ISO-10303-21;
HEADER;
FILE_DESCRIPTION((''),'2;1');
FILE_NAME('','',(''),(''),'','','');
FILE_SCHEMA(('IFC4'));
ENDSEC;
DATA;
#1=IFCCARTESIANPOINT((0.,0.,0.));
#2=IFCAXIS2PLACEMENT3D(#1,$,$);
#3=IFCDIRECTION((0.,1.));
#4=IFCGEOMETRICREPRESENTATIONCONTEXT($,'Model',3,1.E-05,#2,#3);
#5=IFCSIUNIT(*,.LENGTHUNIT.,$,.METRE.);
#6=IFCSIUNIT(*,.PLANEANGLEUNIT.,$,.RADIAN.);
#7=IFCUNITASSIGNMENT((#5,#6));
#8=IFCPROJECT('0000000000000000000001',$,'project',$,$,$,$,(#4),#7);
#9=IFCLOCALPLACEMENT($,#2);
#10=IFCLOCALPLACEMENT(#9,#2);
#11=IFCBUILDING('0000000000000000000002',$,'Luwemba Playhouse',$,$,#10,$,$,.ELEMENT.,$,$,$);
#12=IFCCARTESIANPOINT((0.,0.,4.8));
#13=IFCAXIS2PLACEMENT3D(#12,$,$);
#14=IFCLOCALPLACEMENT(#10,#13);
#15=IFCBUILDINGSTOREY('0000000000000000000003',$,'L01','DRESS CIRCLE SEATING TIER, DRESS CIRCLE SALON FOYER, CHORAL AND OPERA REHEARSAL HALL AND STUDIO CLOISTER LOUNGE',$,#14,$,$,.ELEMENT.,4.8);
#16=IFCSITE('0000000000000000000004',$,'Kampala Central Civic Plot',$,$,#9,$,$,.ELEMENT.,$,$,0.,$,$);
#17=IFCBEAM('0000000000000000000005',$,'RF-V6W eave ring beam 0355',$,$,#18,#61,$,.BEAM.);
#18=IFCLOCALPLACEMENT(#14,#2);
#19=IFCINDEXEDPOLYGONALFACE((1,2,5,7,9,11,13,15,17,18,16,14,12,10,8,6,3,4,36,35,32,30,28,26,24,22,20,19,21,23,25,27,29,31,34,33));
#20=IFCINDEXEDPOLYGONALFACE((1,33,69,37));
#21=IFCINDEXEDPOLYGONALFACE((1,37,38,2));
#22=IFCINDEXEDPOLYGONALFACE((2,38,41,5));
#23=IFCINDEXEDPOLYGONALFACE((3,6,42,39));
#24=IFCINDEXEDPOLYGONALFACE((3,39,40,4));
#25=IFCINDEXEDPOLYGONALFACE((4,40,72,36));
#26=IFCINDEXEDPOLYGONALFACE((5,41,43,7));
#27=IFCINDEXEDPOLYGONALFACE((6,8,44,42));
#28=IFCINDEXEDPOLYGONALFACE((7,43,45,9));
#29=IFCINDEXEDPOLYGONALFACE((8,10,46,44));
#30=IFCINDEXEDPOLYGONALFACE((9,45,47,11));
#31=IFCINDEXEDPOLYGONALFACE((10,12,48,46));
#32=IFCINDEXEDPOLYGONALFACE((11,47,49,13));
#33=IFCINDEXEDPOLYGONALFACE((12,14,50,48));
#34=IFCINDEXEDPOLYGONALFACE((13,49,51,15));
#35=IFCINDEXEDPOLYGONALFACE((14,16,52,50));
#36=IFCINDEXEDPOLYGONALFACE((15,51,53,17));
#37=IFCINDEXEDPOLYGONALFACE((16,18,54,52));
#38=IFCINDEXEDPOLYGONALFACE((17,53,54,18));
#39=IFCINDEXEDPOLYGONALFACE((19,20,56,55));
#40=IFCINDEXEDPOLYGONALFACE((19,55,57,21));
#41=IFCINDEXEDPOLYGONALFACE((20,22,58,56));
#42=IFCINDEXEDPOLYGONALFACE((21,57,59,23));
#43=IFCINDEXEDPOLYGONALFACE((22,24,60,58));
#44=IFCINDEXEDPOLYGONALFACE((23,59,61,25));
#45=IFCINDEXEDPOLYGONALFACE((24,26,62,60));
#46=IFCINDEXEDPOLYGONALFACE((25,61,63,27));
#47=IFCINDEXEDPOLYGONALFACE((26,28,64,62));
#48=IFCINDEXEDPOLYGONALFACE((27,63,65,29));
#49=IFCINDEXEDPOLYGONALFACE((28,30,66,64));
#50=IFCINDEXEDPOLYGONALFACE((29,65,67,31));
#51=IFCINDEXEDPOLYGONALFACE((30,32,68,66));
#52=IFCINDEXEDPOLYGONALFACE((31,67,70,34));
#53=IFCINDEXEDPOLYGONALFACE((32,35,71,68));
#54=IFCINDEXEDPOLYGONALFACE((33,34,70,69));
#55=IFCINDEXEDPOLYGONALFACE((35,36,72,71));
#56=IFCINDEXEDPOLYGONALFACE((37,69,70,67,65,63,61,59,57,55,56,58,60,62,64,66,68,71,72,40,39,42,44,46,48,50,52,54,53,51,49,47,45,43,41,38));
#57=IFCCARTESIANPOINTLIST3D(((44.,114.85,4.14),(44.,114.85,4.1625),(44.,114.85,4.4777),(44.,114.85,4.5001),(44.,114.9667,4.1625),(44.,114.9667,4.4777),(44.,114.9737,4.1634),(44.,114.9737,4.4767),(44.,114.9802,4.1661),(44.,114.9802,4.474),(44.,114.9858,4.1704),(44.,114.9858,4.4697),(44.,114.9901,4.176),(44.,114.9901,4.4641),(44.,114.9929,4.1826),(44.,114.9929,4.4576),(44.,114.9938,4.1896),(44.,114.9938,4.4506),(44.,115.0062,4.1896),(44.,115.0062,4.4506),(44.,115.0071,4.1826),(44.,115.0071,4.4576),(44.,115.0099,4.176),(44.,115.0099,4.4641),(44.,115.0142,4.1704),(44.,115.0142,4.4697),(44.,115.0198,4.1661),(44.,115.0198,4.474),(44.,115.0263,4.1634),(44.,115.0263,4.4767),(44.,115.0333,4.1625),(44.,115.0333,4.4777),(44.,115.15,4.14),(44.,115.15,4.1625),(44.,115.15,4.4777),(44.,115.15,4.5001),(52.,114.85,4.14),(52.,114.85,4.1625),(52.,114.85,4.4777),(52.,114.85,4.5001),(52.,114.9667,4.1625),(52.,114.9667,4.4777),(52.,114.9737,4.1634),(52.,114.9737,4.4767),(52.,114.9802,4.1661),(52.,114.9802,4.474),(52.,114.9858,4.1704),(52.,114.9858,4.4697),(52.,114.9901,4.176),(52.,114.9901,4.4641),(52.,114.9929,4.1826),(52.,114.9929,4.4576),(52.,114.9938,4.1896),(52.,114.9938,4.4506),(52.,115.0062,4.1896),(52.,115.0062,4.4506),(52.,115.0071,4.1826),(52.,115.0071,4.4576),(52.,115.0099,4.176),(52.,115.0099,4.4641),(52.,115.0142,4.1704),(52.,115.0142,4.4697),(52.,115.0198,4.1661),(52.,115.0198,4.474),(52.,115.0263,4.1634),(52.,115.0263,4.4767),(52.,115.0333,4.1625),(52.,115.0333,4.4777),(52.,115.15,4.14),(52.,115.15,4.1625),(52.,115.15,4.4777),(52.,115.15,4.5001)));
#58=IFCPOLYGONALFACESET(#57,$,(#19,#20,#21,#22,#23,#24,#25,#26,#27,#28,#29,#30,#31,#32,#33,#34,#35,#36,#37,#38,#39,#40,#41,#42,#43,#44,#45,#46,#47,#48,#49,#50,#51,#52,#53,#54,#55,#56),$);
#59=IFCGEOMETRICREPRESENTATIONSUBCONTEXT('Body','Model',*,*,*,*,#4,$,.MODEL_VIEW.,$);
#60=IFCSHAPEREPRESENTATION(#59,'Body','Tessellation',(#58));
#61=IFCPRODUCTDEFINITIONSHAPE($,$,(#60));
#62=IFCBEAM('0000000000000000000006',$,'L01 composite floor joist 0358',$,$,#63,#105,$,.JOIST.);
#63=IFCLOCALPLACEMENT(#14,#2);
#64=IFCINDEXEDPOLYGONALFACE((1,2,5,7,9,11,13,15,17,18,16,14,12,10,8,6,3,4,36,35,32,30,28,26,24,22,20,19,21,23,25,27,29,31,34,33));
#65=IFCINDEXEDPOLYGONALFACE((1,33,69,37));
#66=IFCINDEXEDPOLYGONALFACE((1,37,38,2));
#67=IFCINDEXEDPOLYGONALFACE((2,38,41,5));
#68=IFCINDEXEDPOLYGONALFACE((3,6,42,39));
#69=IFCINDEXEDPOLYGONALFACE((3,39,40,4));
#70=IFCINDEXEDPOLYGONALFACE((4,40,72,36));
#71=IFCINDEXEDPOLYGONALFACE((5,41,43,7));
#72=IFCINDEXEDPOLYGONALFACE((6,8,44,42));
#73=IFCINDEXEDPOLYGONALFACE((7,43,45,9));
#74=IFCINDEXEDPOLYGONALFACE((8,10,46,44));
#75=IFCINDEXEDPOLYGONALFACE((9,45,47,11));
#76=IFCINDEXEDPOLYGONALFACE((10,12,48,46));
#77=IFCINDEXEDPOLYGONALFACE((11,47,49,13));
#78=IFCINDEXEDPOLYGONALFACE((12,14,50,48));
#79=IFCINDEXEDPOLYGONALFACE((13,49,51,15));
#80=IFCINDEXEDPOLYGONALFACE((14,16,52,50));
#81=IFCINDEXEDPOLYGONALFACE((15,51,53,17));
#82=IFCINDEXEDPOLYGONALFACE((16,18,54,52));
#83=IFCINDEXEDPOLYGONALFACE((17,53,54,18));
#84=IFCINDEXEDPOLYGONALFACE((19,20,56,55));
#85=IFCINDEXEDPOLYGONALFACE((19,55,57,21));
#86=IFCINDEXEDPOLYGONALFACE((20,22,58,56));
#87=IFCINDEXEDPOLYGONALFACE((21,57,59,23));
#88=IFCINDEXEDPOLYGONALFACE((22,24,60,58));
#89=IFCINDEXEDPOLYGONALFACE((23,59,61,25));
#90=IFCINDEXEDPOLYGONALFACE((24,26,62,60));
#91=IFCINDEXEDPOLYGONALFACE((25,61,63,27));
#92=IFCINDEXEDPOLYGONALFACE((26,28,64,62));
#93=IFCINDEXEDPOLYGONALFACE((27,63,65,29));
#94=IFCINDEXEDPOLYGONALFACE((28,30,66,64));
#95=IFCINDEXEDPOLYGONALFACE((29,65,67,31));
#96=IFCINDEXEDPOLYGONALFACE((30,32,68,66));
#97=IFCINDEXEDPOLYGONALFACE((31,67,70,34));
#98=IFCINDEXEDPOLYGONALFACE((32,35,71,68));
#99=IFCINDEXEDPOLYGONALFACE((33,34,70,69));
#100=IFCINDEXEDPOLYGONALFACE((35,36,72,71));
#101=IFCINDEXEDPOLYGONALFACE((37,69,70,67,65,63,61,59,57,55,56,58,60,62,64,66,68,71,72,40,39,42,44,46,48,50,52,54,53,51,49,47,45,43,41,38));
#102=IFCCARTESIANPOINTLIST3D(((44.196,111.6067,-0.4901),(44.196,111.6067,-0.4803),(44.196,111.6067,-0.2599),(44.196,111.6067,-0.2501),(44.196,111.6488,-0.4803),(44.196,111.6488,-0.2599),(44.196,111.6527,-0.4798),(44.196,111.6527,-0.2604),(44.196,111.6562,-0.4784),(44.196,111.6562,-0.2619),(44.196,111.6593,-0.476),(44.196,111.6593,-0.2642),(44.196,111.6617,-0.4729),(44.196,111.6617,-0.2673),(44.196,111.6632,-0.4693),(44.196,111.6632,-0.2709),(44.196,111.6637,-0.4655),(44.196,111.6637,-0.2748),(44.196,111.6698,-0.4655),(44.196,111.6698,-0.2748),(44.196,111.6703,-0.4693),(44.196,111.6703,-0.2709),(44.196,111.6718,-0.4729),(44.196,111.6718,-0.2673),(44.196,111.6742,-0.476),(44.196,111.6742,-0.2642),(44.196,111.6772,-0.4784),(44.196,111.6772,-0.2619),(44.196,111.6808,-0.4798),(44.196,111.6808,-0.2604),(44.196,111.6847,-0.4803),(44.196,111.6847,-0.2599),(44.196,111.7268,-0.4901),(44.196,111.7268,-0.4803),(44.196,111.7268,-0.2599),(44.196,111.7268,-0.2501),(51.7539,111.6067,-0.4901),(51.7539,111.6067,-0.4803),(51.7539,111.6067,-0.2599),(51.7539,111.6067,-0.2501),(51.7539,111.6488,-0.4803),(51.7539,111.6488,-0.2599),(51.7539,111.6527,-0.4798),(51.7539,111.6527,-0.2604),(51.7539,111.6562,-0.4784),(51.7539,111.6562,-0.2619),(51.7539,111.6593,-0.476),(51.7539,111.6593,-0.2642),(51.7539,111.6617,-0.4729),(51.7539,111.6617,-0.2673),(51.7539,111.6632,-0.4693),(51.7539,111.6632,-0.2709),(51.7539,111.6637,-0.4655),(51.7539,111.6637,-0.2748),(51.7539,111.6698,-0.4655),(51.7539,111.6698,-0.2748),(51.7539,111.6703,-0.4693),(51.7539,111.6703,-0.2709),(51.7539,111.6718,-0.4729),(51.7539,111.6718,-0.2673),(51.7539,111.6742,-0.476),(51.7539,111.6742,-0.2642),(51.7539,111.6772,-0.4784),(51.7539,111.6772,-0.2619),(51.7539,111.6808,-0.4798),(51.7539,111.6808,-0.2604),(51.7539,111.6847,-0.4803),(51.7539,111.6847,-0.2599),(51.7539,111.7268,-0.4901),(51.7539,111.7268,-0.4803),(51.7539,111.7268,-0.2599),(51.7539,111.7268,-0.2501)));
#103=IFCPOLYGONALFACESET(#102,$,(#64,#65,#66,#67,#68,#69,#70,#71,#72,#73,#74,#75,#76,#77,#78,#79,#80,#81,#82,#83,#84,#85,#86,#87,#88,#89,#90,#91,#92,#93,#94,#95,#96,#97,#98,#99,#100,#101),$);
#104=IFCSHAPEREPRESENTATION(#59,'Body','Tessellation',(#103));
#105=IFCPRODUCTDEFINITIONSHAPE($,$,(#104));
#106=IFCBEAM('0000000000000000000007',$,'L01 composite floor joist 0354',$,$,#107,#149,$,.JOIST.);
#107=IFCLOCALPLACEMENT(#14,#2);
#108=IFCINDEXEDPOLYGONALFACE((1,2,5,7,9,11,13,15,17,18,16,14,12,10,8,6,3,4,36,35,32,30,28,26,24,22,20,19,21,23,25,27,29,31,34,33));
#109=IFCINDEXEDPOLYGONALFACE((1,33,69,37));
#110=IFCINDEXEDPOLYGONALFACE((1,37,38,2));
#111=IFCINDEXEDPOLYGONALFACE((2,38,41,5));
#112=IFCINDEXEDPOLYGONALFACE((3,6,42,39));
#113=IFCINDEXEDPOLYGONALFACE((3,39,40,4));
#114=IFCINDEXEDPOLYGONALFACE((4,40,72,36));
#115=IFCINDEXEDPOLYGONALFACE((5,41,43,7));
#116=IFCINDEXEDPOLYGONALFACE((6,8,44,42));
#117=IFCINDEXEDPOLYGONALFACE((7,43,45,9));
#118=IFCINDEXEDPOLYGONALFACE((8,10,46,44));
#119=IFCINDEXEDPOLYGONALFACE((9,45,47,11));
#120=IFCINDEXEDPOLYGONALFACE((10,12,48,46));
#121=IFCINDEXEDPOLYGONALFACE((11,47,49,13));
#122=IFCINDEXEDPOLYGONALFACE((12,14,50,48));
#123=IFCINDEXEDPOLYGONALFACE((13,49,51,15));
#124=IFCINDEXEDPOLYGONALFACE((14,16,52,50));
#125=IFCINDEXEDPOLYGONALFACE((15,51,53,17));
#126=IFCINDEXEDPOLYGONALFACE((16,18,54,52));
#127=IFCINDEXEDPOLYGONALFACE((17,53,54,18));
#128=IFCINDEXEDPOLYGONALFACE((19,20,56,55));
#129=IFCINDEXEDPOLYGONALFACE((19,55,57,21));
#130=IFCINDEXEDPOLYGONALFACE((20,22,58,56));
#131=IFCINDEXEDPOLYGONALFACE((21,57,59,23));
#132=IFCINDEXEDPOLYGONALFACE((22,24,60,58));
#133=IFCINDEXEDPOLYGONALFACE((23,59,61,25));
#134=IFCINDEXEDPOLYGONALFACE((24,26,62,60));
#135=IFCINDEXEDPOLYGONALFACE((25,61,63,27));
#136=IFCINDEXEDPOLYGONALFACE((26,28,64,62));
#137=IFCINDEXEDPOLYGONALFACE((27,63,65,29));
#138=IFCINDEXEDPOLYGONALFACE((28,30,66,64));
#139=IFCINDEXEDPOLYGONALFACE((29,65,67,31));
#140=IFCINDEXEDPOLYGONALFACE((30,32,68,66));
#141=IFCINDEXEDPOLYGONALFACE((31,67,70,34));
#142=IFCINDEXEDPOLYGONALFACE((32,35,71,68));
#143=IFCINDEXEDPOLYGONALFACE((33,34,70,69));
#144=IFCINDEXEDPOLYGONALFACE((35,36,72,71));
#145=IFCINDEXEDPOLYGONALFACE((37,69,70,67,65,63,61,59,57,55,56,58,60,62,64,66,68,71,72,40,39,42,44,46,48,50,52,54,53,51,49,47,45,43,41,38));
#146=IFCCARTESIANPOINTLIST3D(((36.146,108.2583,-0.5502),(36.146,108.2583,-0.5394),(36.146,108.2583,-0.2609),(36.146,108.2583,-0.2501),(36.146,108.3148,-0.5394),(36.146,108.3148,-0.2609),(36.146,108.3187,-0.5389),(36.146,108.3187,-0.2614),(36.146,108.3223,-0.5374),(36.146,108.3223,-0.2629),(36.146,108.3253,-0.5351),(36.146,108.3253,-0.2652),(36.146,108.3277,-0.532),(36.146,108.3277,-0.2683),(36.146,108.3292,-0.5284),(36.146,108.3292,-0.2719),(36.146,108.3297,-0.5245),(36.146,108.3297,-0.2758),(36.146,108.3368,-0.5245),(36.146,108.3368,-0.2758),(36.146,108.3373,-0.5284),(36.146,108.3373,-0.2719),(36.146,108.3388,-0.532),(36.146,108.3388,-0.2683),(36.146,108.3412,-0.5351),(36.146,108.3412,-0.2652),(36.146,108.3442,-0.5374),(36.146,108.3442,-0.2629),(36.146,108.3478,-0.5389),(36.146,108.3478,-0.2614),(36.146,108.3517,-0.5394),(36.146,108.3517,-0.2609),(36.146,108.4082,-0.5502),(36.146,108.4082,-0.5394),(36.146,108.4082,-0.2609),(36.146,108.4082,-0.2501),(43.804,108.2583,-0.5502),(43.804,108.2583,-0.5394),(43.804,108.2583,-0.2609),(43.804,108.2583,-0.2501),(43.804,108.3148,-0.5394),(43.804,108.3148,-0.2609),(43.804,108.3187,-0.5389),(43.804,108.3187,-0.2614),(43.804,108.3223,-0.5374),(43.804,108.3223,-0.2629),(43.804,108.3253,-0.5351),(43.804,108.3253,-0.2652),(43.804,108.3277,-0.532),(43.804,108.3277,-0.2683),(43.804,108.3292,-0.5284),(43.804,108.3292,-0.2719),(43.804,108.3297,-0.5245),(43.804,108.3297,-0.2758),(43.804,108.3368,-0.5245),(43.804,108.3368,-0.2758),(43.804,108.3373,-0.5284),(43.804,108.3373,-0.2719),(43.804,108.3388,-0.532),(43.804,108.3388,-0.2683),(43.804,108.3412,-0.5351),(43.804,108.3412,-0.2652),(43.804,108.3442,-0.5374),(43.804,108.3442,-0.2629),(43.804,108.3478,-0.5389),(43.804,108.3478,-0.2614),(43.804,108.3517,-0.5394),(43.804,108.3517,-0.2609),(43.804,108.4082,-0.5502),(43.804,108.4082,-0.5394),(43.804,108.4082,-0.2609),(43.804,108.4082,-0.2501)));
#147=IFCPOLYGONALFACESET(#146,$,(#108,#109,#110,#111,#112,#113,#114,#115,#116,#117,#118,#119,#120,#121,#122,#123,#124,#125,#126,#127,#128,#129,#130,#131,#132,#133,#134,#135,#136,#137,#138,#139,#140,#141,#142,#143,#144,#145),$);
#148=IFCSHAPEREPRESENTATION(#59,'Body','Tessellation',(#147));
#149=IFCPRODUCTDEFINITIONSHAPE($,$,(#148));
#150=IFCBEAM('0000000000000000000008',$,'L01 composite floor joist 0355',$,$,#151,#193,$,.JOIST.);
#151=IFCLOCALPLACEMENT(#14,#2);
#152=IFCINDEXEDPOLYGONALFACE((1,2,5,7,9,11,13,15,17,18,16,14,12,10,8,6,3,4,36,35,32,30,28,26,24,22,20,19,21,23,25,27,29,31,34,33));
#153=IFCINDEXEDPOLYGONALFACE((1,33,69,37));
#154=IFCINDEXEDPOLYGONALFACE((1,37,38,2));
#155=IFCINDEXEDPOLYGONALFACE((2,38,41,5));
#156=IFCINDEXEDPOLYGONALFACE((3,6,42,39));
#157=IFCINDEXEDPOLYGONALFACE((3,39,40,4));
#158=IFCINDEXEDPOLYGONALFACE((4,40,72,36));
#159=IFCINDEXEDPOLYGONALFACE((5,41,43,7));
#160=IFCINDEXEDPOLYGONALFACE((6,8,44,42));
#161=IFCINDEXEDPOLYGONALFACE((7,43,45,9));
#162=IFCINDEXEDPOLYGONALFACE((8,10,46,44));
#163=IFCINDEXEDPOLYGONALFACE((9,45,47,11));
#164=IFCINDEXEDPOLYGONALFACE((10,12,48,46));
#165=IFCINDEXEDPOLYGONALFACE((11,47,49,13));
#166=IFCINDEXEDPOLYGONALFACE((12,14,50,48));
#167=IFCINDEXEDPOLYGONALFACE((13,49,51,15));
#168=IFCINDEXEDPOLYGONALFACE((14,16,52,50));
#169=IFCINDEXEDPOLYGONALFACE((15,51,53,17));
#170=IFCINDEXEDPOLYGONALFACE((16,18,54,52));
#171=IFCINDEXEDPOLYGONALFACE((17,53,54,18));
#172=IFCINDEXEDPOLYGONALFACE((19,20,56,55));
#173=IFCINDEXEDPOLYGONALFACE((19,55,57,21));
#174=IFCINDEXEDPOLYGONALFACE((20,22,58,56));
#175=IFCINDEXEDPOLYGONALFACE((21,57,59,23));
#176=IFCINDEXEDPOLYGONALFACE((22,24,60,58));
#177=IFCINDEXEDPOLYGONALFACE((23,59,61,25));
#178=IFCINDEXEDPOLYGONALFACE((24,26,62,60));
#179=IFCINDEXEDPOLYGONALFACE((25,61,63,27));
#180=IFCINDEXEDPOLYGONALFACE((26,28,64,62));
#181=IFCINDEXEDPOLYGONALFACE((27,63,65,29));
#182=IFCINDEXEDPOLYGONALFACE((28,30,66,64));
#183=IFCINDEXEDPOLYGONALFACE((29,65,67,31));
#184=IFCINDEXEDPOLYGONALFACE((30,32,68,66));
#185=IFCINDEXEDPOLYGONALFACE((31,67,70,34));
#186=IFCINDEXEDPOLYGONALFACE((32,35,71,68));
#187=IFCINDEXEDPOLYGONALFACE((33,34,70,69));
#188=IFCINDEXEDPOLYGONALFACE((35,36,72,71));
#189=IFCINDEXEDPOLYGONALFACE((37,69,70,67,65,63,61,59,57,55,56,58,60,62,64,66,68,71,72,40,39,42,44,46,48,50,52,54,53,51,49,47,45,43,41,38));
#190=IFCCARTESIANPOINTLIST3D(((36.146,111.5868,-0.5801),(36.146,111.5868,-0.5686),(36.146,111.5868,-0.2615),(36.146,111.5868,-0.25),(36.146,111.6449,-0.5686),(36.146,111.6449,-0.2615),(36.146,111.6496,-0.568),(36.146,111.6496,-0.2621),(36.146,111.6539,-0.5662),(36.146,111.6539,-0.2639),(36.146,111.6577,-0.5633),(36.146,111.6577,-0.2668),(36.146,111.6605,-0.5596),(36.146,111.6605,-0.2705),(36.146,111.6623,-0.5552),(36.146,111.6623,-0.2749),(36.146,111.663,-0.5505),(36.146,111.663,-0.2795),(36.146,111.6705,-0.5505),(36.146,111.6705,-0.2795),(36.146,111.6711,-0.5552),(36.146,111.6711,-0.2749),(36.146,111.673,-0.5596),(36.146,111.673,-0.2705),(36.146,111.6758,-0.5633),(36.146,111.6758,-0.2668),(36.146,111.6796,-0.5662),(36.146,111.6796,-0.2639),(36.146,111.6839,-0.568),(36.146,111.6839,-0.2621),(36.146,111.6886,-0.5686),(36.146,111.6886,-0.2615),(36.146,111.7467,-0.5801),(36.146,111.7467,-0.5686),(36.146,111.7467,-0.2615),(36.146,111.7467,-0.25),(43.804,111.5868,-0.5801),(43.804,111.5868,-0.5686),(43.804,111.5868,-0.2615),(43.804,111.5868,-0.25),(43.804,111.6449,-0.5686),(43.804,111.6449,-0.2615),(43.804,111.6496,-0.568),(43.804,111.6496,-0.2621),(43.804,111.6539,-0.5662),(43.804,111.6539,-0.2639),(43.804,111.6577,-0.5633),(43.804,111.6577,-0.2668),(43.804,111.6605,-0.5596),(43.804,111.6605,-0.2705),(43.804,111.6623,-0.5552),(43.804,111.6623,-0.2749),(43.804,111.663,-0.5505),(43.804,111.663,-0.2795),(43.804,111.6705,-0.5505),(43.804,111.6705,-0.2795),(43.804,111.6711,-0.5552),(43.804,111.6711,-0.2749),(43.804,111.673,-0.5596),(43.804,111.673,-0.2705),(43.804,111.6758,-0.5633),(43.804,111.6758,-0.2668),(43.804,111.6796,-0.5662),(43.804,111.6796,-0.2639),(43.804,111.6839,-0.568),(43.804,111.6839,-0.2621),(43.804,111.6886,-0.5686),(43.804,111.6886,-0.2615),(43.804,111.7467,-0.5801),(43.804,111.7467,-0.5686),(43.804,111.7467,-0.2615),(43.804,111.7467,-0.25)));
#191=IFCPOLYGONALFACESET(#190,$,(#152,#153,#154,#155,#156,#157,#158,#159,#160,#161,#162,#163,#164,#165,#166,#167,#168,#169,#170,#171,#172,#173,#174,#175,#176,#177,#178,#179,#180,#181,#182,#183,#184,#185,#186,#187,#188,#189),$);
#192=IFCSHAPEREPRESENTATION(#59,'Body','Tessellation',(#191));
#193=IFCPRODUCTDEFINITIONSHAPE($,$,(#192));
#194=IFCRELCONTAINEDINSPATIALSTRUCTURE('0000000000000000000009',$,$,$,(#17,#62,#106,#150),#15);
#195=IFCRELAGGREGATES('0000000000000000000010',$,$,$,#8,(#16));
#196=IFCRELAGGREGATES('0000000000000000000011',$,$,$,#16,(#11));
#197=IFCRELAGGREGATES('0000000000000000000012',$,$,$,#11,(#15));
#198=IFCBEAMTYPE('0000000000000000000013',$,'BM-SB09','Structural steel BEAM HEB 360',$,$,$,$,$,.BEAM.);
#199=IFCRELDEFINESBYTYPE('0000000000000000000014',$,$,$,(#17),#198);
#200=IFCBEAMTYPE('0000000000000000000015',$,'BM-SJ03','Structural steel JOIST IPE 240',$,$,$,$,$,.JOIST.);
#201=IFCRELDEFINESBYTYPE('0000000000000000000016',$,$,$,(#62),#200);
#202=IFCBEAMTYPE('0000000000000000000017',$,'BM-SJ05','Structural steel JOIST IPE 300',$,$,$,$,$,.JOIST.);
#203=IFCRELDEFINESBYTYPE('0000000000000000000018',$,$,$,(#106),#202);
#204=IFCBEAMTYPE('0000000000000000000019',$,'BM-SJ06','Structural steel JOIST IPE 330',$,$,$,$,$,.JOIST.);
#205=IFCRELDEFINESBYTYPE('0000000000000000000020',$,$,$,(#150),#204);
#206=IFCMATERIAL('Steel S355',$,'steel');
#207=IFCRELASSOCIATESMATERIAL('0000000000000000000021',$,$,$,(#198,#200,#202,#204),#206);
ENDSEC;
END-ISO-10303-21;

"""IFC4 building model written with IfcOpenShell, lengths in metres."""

from ifc_helpers import new_model, si_unit, direction, frame, origin, origin_2d, place, context, subcontext, project, spatial, i_section, extrude, material, material_profile, profile_set, type_object, element, save


model = new_model("IFC4")

# Units and contexts
model_context = context("Model", 3, precision=1e-05, world=origin(), true_north=direction((0.0, 1.0)))
body_context = subcontext(model_context, "Body", "Model", "MODEL_VIEW")
ifc_project = project(units=[si_unit("LENGTHUNIT", "METRE"), si_unit("PLANEANGLEUNIT", "RADIAN")], contexts=[model_context])

# Site, building, storey
site_placement = place(None, origin())
site = spatial("IfcSite", under=ifc_project, at=site_placement, Name="Kampala Central Civic Plot", CompositionType="ELEMENT", RefElevation=0.0)
building_placement = place(site_placement, origin())
building = spatial("IfcBuilding", under=site, at=building_placement, Name="Luwemba Playhouse", CompositionType="ELEMENT")
storey_placement = place(building_placement, frame((0.0, 0.0, 4.8)))
storey = spatial("IfcBuildingStorey", under=building, at=storey_placement, Name="L01", Description="DRESS CIRCLE SEATING TIER, DRESS CIRCLE SALON FOYER, CHORAL AND OPERA REHEARSAL HALL AND STUDIO CLOISTER LOUNGE", CompositionType="ELEMENT", Elevation=4.8)

# Beams
ifc_material_1 = material(Name="Steel S355", Category="steel")
ifc_material_profile_1 = material_profile(ifc_material_1, i_section(OverallWidth=0.3, OverallDepth=0.3601, WebThickness=0.0125, FlangeThickness=0.0225, FilletRadius=0.0271, at=origin_2d()))
ifc_profile_set_1 = profile_set([ifc_material_profile_1], Name="Steel S355")
beam_type_1 = type_object("IfcBeamType", Name="BM-SB09", Description="Structural steel BEAM HEB 360", PredefinedType="BEAM", material=ifc_profile_set_1)
beam_1_placement = place(storey_placement, frame((44.0, 115.0, 4.3201), z_axis=(1.0, 0.0, 0.0), x_axis=(0.0, 1.0, 0.0)))
element("IfcBeam", 1, at=beam_1_placement, inside=storey, type_object=beam_type_1, Name="RF-V6W eave ring beam 0355", PredefinedType="BEAM", context=body_context, shape_type="SweptSolid", body=[
    extrude(i_section(OverallWidth=0.3, OverallDepth=0.3601, WebThickness=0.0125, FlangeThickness=0.0225, FilletRadius=0.0271, at=origin_2d()), origin(), (0.0, 0.0, 1.0), 8.0),
])
ifc_material_profile_2 = material_profile(ifc_material_1, i_section(OverallWidth=0.1201, OverallDepth=0.24, WebThickness=0.0061, FlangeThickness=0.0098, FilletRadius=0.0149, at=origin_2d()))
ifc_profile_set_2 = profile_set([ifc_material_profile_2], Name="Steel S355")
beam_type_2 = type_object("IfcBeamType", Name="BM-SJ03", Description="Structural steel JOIST IPE 240", PredefinedType="JOIST", material=ifc_profile_set_2)
beam_2_placement = place(storey_placement, frame((44.196, 111.6667, -0.3701), z_axis=(1.0, 0.0, 0.0), x_axis=(0.0, 1.0, 0.0)))
element("IfcBeam", 2, at=beam_2_placement, inside=storey, type_object=beam_type_2, Name="L01 composite floor joist 0358", PredefinedType="JOIST", context=body_context, shape_type="SweptSolid", body=[
    extrude(i_section(OverallWidth=0.1201, OverallDepth=0.24, WebThickness=0.0061, FlangeThickness=0.0098, FilletRadius=0.0149, at=origin_2d()), origin(), (0.0, 0.0, 1.0), 7.5579),
])
ifc_material_profile_3 = material_profile(ifc_material_1, i_section(OverallWidth=0.1499, OverallDepth=0.3, WebThickness=0.0071, FlangeThickness=0.0107, FilletRadius=0.0149, at=origin_2d()))
ifc_profile_set_3 = profile_set([ifc_material_profile_3], Name="Steel S355")
beam_type_3 = type_object("IfcBeamType", Name="BM-SJ05", Description="Structural steel JOIST IPE 300", PredefinedType="JOIST", material=ifc_profile_set_3)
beam_3_placement = place(storey_placement, frame((36.146, 108.3333, -0.4001), z_axis=(1.0, 0.0, 0.0), x_axis=(0.0, 1.0, 0.0)))
element("IfcBeam", 3, at=beam_3_placement, inside=storey, type_object=beam_type_3, Name="L01 composite floor joist 0354", PredefinedType="JOIST", context=body_context, shape_type="SweptSolid", body=[
    extrude(i_section(OverallWidth=0.1499, OverallDepth=0.3, WebThickness=0.0071, FlangeThickness=0.0107, FilletRadius=0.0149, at=origin_2d()), origin(), (0.0, 0.0, 1.0), 7.658),
])
ifc_material_profile_4 = material_profile(ifc_material_1, i_section(OverallWidth=0.1599, OverallDepth=0.3301, WebThickness=0.0076, FlangeThickness=0.0115, FilletRadius=0.0181, at=origin_2d()))
ifc_profile_set_4 = profile_set([ifc_material_profile_4], Name="Steel S355")
beam_type_4 = type_object("IfcBeamType", Name="BM-SJ06", Description="Structural steel JOIST IPE 330", PredefinedType="JOIST", material=ifc_profile_set_4)
beam_4_placement = place(storey_placement, frame((36.146, 111.6667, -0.415), z_axis=(1.0, 0.0, 0.0), x_axis=(0.0, 1.0, 0.0)))
element("IfcBeam", 4, at=beam_4_placement, inside=storey, type_object=beam_type_4, Name="L01 composite floor joist 0355", PredefinedType="JOIST", context=body_context, shape_type="SweptSolid", body=[
    extrude(i_section(OverallWidth=0.1599, OverallDepth=0.3301, WebThickness=0.0076, FlangeThickness=0.0115, FilletRadius=0.0181, at=origin_2d()), origin(), (0.0, 0.0, 1.0), 7.658),
])

save(model, "model.ifc")
